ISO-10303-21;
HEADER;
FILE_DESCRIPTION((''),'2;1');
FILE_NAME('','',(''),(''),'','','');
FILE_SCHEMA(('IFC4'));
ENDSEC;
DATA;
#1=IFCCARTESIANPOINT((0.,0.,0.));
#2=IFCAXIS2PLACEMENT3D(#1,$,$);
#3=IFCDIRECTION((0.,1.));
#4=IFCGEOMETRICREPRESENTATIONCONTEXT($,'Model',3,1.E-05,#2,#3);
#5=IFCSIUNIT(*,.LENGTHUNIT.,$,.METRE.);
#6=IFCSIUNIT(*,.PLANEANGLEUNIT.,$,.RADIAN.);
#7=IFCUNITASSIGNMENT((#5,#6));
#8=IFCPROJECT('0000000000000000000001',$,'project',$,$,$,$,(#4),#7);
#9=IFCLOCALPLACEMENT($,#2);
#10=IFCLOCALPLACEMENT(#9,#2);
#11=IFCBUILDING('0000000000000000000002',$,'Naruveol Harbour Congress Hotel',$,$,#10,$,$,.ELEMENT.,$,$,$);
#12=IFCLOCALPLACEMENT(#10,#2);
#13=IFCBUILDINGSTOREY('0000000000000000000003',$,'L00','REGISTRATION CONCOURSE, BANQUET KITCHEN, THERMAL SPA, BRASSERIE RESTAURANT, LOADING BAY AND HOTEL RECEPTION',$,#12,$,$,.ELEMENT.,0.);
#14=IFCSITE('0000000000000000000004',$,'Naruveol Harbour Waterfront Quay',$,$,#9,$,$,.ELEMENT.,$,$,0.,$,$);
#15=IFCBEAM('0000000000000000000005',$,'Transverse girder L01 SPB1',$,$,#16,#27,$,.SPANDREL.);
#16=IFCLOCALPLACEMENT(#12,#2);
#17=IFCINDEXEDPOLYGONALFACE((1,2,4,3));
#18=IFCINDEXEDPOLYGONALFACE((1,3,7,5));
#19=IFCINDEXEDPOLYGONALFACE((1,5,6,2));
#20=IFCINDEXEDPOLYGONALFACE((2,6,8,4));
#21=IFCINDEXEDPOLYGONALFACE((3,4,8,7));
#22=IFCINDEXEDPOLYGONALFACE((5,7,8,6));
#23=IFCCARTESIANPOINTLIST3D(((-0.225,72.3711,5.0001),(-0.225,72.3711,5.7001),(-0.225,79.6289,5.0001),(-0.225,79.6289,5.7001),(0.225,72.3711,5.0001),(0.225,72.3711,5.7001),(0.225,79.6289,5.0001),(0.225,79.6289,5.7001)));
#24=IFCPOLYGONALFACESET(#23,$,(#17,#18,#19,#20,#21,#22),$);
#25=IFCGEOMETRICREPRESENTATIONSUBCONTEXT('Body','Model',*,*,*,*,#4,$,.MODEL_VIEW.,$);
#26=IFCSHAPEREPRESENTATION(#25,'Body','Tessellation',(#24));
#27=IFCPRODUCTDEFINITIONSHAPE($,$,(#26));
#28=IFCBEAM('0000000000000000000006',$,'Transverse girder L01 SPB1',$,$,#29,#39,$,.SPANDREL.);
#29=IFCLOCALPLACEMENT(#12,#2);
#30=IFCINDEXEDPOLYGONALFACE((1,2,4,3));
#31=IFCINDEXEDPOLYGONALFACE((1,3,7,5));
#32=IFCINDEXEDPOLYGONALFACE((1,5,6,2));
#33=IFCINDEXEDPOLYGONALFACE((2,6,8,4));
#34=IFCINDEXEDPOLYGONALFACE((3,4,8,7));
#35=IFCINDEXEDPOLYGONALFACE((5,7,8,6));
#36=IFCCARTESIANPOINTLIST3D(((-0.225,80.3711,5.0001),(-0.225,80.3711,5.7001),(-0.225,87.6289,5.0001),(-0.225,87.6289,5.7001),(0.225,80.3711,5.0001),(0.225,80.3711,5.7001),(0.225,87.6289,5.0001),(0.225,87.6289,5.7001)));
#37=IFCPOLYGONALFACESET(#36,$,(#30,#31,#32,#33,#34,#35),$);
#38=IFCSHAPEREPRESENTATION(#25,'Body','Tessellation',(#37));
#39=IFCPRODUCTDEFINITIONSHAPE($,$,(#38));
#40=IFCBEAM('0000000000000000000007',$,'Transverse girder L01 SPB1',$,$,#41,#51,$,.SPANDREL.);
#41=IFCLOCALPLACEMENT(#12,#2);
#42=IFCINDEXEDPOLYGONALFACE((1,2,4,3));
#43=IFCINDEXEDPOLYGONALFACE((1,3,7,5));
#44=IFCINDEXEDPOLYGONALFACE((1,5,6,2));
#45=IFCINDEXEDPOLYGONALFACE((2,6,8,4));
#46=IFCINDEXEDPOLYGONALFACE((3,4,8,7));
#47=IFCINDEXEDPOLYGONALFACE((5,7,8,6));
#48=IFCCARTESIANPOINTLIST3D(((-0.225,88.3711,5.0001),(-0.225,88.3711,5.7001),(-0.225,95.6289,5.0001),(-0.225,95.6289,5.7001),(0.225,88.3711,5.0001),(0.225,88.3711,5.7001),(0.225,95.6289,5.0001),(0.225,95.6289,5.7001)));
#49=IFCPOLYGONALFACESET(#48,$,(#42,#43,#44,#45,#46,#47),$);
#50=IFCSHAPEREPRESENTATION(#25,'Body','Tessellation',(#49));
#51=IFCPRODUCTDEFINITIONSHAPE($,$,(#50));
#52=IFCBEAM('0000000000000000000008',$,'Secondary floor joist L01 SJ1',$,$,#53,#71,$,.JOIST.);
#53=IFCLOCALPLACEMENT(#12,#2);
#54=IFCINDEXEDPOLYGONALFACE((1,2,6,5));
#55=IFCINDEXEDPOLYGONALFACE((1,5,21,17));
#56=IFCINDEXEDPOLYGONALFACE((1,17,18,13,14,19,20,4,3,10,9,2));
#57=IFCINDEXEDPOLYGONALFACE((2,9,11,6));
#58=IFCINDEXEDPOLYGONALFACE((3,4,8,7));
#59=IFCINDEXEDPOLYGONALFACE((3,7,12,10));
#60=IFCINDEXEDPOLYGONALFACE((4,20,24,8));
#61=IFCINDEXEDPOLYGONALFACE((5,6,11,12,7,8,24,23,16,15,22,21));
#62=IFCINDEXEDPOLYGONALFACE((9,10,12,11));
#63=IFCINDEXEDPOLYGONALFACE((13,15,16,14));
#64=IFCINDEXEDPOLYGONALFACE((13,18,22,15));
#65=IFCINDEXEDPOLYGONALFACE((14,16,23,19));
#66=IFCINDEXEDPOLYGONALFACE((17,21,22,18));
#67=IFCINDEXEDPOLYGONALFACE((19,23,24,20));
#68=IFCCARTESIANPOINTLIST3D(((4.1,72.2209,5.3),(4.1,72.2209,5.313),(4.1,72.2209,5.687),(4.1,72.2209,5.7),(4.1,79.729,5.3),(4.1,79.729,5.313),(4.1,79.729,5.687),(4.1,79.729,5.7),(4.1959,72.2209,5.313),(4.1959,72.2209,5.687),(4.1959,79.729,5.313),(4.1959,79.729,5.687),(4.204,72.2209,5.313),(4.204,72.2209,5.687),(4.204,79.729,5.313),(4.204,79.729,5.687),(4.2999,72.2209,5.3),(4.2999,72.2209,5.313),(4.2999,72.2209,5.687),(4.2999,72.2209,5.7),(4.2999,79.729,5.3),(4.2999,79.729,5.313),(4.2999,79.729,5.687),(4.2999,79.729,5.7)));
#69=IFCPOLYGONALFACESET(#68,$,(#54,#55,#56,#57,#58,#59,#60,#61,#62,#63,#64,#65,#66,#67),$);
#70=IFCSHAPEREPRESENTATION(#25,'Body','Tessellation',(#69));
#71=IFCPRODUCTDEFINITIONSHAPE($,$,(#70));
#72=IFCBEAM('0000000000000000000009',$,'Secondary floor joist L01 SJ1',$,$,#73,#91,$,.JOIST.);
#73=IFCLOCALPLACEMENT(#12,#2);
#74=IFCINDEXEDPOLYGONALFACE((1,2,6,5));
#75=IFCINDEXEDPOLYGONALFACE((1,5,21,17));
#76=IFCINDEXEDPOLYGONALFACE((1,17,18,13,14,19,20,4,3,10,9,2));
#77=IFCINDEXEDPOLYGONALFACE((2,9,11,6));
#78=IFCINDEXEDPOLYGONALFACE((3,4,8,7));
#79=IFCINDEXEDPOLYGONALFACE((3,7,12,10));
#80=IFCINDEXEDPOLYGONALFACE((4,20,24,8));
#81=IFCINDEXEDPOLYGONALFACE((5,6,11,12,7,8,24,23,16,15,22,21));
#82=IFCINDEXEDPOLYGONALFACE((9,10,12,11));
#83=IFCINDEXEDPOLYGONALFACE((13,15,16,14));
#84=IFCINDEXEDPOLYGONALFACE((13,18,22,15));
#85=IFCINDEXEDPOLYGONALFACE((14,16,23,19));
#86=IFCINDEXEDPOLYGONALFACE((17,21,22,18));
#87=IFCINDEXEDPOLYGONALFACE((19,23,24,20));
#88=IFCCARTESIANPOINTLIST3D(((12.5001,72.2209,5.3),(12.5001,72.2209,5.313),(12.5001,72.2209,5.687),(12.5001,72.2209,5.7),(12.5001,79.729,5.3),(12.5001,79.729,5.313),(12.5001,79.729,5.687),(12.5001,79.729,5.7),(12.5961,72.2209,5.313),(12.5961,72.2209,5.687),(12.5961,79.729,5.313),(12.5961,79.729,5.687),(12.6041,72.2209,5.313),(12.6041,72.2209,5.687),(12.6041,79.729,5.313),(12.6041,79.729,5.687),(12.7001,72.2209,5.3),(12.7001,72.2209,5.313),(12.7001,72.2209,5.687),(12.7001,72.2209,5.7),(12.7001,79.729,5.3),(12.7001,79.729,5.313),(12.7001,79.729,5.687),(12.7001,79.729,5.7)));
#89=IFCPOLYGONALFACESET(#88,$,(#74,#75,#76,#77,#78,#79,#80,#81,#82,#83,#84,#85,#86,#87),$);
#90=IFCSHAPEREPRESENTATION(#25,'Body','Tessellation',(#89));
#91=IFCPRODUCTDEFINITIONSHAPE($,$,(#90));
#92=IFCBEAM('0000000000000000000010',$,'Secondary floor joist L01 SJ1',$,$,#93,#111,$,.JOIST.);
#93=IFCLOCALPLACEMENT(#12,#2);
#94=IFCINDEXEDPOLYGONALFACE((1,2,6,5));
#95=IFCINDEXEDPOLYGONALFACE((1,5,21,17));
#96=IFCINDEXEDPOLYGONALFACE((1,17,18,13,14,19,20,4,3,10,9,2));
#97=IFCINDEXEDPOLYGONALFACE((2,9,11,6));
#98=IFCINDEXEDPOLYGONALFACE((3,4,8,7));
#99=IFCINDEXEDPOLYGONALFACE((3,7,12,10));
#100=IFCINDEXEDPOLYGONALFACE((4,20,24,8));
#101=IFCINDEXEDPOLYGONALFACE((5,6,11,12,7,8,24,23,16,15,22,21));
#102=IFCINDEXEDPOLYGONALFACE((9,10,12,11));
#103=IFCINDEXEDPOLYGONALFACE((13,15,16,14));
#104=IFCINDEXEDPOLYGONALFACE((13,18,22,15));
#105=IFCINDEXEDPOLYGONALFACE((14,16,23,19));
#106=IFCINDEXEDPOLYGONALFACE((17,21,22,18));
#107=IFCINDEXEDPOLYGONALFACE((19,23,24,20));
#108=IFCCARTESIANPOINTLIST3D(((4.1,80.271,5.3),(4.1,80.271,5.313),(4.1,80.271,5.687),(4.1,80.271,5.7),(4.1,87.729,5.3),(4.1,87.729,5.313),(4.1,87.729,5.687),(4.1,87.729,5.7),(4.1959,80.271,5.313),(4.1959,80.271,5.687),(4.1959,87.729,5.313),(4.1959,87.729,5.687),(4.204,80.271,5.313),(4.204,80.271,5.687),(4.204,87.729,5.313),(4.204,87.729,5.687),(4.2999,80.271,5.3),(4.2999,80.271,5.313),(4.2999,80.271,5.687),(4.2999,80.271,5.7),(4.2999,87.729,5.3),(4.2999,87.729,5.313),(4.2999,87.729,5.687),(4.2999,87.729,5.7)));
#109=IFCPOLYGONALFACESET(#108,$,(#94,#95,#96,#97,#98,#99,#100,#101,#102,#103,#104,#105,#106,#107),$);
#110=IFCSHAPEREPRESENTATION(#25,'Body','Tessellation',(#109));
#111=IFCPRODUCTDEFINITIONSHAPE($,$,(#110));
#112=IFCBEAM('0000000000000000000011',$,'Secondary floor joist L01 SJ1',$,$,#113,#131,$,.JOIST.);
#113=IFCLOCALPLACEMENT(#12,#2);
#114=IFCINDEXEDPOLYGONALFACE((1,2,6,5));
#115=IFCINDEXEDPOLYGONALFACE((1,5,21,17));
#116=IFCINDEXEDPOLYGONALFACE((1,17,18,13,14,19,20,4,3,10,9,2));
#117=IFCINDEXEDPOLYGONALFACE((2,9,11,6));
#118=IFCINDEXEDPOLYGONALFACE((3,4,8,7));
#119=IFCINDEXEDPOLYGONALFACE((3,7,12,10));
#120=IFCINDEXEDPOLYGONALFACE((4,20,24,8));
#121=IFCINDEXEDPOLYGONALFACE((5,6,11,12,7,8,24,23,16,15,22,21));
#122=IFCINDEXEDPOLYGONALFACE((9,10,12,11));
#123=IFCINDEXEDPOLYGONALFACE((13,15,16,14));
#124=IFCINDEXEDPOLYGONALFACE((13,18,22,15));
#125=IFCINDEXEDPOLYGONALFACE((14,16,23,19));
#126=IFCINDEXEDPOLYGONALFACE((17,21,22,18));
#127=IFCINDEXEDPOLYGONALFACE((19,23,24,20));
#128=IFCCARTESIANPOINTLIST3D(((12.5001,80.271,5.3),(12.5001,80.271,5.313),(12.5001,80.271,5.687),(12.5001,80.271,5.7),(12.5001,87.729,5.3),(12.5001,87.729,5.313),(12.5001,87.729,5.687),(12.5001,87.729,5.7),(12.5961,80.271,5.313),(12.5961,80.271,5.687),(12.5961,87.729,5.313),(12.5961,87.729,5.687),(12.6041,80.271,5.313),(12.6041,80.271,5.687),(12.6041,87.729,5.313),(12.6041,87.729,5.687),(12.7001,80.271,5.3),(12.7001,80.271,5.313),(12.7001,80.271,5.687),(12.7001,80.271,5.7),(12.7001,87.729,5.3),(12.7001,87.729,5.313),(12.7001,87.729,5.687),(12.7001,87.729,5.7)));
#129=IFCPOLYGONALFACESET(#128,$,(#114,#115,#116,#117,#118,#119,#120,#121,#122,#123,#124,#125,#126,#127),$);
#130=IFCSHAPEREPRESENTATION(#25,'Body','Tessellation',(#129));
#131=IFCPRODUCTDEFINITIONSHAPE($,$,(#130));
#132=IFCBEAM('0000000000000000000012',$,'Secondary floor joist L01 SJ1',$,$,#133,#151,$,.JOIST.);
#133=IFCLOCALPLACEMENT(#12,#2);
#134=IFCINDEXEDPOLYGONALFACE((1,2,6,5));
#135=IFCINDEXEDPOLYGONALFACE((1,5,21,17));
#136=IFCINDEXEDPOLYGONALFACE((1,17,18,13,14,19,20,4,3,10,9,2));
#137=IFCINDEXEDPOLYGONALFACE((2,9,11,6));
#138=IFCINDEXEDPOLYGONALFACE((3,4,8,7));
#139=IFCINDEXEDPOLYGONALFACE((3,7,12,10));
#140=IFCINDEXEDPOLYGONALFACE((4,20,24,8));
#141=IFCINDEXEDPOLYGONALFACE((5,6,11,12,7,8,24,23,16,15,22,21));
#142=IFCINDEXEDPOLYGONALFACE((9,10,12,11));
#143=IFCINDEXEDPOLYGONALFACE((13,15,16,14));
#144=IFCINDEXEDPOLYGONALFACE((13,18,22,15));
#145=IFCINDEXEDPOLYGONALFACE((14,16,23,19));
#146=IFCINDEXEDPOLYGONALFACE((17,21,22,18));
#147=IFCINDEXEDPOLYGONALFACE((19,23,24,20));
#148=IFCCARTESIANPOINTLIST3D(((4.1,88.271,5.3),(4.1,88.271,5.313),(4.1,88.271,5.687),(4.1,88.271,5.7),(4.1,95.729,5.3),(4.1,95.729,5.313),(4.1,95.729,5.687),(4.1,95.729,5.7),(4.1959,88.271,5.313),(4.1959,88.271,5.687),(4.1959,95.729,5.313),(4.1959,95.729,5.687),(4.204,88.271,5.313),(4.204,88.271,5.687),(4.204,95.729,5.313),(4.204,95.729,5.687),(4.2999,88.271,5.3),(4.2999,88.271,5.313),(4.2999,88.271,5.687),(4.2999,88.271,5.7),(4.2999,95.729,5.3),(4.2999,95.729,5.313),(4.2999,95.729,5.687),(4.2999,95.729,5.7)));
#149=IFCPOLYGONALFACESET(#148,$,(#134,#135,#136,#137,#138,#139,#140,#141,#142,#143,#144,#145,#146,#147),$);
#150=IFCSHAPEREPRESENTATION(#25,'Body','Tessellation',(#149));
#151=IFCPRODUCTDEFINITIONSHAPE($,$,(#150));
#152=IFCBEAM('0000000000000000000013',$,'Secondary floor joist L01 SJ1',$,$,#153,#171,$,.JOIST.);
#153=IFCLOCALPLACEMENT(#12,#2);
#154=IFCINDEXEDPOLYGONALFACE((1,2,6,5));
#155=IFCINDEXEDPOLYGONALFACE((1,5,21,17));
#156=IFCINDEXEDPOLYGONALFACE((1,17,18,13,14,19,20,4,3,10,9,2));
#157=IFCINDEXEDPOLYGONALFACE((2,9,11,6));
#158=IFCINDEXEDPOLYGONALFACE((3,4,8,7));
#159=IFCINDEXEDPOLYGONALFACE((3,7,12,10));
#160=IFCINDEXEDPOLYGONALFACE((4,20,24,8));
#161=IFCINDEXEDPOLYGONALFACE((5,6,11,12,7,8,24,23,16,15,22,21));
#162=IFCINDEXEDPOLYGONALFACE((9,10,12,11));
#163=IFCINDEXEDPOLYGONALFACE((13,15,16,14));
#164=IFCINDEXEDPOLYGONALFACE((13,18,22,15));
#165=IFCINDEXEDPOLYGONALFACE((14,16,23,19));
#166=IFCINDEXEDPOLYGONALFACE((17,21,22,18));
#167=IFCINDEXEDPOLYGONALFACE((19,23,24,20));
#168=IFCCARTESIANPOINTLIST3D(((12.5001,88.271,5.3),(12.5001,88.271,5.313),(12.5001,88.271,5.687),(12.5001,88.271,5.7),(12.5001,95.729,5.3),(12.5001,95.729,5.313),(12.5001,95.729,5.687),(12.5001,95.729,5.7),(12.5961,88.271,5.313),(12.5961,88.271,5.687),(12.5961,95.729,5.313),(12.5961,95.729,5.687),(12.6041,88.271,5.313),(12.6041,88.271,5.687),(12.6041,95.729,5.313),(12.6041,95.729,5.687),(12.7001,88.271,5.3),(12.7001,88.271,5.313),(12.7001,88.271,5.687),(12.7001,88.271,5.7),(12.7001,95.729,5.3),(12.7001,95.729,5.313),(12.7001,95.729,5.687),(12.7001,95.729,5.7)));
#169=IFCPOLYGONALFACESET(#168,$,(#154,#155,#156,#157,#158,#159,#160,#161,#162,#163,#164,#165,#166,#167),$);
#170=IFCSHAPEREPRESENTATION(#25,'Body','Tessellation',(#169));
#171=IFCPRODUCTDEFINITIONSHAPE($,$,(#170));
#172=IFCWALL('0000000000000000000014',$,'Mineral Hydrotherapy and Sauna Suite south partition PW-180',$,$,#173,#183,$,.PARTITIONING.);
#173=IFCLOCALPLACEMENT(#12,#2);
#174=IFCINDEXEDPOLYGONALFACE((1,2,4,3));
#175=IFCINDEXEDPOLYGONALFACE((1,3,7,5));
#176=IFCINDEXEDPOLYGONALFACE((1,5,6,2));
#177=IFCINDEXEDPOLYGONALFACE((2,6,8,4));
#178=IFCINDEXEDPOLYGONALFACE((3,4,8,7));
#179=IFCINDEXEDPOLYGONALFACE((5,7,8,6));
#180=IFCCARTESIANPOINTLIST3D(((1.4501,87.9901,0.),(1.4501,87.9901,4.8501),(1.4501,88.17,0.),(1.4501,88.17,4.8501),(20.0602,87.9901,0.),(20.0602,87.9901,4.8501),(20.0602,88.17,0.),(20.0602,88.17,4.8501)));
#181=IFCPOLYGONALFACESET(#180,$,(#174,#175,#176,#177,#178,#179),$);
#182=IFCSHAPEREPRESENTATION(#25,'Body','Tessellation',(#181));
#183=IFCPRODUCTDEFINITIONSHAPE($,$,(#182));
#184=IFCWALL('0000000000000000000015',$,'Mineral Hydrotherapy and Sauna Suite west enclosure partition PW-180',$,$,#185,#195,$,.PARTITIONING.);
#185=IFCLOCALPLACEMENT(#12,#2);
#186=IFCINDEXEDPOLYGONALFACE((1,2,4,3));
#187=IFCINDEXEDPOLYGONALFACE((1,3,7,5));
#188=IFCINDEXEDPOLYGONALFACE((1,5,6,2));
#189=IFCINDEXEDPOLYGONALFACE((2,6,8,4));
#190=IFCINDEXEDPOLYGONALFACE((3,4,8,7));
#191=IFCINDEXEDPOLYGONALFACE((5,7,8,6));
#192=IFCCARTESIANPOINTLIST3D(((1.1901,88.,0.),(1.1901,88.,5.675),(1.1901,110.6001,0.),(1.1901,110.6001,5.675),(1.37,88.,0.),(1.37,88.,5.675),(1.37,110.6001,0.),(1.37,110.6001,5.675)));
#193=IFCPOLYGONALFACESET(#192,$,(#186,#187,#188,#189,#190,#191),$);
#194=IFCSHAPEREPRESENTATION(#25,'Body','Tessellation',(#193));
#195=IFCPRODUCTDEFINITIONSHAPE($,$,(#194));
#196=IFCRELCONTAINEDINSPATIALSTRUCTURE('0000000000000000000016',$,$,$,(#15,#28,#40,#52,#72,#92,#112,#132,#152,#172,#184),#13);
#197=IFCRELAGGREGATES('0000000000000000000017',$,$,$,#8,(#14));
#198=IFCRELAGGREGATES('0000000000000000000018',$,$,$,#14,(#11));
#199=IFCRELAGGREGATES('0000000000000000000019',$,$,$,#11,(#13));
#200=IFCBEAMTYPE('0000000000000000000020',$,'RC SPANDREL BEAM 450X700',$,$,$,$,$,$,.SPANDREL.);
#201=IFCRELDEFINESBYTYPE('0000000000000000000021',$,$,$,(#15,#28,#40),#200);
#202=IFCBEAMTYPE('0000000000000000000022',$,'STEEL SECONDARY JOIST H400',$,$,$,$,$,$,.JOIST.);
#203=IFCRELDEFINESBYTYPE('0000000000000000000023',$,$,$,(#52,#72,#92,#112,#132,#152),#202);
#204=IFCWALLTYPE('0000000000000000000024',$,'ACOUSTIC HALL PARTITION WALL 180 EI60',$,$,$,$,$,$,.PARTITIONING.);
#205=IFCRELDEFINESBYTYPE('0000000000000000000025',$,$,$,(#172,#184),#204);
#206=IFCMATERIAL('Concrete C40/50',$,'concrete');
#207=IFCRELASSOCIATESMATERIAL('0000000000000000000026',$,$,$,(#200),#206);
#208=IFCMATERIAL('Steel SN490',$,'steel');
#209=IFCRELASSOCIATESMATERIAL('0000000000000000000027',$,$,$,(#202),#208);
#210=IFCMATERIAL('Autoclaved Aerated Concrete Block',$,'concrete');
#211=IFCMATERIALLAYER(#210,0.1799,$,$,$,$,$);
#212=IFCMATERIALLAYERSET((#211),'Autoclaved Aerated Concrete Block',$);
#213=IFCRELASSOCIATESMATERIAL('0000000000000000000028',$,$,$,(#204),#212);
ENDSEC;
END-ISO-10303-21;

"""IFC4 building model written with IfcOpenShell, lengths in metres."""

from ifc_helpers import new_model, si_unit, direction, frame, frame_2d, origin, origin_2d, place, context, subcontext, project, spatial, rectangle, i_section, extrude, material, layer, layer_set, material_profile, profile_set, type_object, element, save


model = new_model("IFC4")

# Units and contexts
model_context = context("Model", 3, precision=1e-05, world=origin(), true_north=direction((0.0, 1.0)))
body_context = subcontext(model_context, "Body", "Model", "MODEL_VIEW")
ifc_project = project(units=[si_unit("LENGTHUNIT", "METRE"), si_unit("PLANEANGLEUNIT", "RADIAN")], contexts=[model_context])

# Site, building, storey
site_placement = place(None, origin())
site = spatial("IfcSite", under=ifc_project, at=site_placement, Name="Naruveol Harbour Waterfront Quay", CompositionType="ELEMENT", RefElevation=0.0)
building_placement = place(site_placement, origin())
building = spatial("IfcBuilding", under=site, at=building_placement, Name="Naruveol Harbour Congress Hotel", CompositionType="ELEMENT")
storey_placement = place(building_placement, origin())
storey = spatial("IfcBuildingStorey", under=building, at=storey_placement, Name="L00", Description="REGISTRATION CONCOURSE, BANQUET KITCHEN, THERMAL SPA, BRASSERIE RESTAURANT, LOADING BAY AND HOTEL RECEPTION", CompositionType="ELEMENT", Elevation=0.0)

# Beams
ifc_material_1 = material(Name="Concrete C40/50", Category="concrete")
ifc_material_profile_1 = material_profile(ifc_material_1, rectangle(XDim=0.45, YDim=0.7, at=origin_2d()), Name="RCB-450x700")
ifc_profile_set_1 = profile_set([ifc_material_profile_1], Name="Concrete C40/50")
beam_type_1 = type_object("IfcBeamType", Name="RC SPANDREL BEAM 450X700", PredefinedType="SPANDREL", material=ifc_profile_set_1)
for number, where, z_axis, x_axis, name in (
    (1, (0.0, 72.3711, 5.3501), (0.0, 1.0, 0.0), (-1.0, 0.0, 0.0), "Transverse girder L01 SPB1"),
    (2, (0.0, 80.3711, 5.3501), (0.0, 1.0, 0.0), (-1.0, 0.0, 0.0), "Transverse girder L01 SPB1"),
    (3, (0.0, 88.3711, 5.3501), (0.0, 1.0, 0.0), (-1.0, 0.0, 0.0), "Transverse girder L01 SPB1"),
):
    element("IfcBeam", number, at=place(storey_placement, frame(where, z_axis=z_axis, x_axis=x_axis)), inside=storey, type_object=beam_type_1, Name=name, PredefinedType="SPANDREL", context=body_context, shape_type="SweptSolid", body=[
        extrude(rectangle(XDim=0.45, YDim=0.7, at=origin_2d()), origin(), (0.0, 0.0, 1.0), 7.2578),
    ])
ifc_material_2 = material(Name="Steel SN490", Category="steel")
ifc_material_profile_2 = material_profile(ifc_material_2, i_section(OverallWidth=0.2, OverallDepth=0.3999, WebThickness=0.0081, FlangeThickness=0.0129, at=origin_2d()), Name="H-400x200x8x13")
ifc_profile_set_2 = profile_set([ifc_material_profile_2], Name="Steel SN490")
beam_type_2 = type_object("IfcBeamType", Name="STEEL SECONDARY JOIST H400", PredefinedType="JOIST", material=ifc_profile_set_2)
for number, where, z_axis, x_axis, name in (
    (4, (4.2, 72.2209, 5.5), (0.0, 1.0, 0.0), (-1.0, 0.0, 0.0), "Secondary floor joist L01 SJ1"),
    (5, (12.6001, 72.2209, 5.5), (0.0, 1.0, 0.0), (-1.0, 0.0, 0.0), "Secondary floor joist L01 SJ1"),
):
    element("IfcBeam", number, at=place(storey_placement, frame(where, z_axis=z_axis, x_axis=x_axis)), inside=storey, type_object=beam_type_2, Name=name, PredefinedType="JOIST", context=body_context, shape_type="SweptSolid", body=[
        extrude(i_section(OverallWidth=0.2, OverallDepth=0.3999, WebThickness=0.0081, FlangeThickness=0.0129, at=origin_2d()), origin(), (0.0, 0.0, 1.0), 7.5081),
    ])
for number, where, z_axis, x_axis, name in (
    (6, (4.2, 80.271, 5.5), (0.0, 1.0, 0.0), (-1.0, 0.0, 0.0), "Secondary floor joist L01 SJ1"),
    (7, (12.6001, 80.271, 5.5), (0.0, 1.0, 0.0), (-1.0, 0.0, 0.0), "Secondary floor joist L01 SJ1"),
    (8, (4.2, 88.271, 5.5), (0.0, 1.0, 0.0), (-1.0, 0.0, 0.0), "Secondary floor joist L01 SJ1"),
    (9, (12.6001, 88.271, 5.5), (0.0, 1.0, 0.0), (-1.0, 0.0, 0.0), "Secondary floor joist L01 SJ1"),
):
    element("IfcBeam", number, at=place(storey_placement, frame(where, z_axis=z_axis, x_axis=x_axis)), inside=storey, type_object=beam_type_2, Name=name, PredefinedType="JOIST", context=body_context, shape_type="SweptSolid", body=[
        extrude(i_section(OverallWidth=0.2, OverallDepth=0.3999, WebThickness=0.0081, FlangeThickness=0.0129, at=origin_2d()), origin(), (0.0, 0.0, 1.0), 7.458),
    ])

# Walls
ifc_material_3 = material(Name="Autoclaved Aerated Concrete Block", Category="concrete")
ifc_layer_1 = layer(ifc_material_3, 0.1799)
ifc_layer_set_1 = layer_set([ifc_layer_1], Name="Autoclaved Aerated Concrete Block")
wall_type_1 = type_object("IfcWallType", Name="ACOUSTIC HALL PARTITION WALL 180 EI60", PredefinedType="PARTITIONING", material=ifc_layer_set_1)
wall_1_placement = place(storey_placement, frame((1.45, 88.0801, 0.0), z_axis=(0.0, 0.0, 1.0), x_axis=(1.0, 0.0, 0.0)))
element("IfcWall", 10, at=wall_1_placement, inside=storey, type_object=wall_type_1, Name="Mineral Hydrotherapy and Sauna Suite south partition PW-180", PredefinedType="PARTITIONING", context=body_context, shape_type="SweptSolid", body=[
    extrude(rectangle(XDim=18.6101, YDim=0.1799, at=frame_2d((9.3052, 0.0))), origin(), (0.0, 0.0, 1.0), 4.8501),
])
wall_2_placement = place(storey_placement, frame((1.28, 88.0, 0.0), z_axis=(0.0, 0.0, 1.0), x_axis=(0.0, 1.0, 0.0)))
element("IfcWall", 11, at=wall_2_placement, inside=storey, type_object=wall_type_1, Name="Mineral Hydrotherapy and Sauna Suite west enclosure partition PW-180", PredefinedType="PARTITIONING", context=body_context, shape_type="SweptSolid", body=[
    extrude(rectangle(XDim=22.6001, YDim=0.1799, at=frame_2d((11.3, 0.0))), origin(), (0.0, 0.0, 1.0), 5.675),
])

save(model, "model.ifc")
